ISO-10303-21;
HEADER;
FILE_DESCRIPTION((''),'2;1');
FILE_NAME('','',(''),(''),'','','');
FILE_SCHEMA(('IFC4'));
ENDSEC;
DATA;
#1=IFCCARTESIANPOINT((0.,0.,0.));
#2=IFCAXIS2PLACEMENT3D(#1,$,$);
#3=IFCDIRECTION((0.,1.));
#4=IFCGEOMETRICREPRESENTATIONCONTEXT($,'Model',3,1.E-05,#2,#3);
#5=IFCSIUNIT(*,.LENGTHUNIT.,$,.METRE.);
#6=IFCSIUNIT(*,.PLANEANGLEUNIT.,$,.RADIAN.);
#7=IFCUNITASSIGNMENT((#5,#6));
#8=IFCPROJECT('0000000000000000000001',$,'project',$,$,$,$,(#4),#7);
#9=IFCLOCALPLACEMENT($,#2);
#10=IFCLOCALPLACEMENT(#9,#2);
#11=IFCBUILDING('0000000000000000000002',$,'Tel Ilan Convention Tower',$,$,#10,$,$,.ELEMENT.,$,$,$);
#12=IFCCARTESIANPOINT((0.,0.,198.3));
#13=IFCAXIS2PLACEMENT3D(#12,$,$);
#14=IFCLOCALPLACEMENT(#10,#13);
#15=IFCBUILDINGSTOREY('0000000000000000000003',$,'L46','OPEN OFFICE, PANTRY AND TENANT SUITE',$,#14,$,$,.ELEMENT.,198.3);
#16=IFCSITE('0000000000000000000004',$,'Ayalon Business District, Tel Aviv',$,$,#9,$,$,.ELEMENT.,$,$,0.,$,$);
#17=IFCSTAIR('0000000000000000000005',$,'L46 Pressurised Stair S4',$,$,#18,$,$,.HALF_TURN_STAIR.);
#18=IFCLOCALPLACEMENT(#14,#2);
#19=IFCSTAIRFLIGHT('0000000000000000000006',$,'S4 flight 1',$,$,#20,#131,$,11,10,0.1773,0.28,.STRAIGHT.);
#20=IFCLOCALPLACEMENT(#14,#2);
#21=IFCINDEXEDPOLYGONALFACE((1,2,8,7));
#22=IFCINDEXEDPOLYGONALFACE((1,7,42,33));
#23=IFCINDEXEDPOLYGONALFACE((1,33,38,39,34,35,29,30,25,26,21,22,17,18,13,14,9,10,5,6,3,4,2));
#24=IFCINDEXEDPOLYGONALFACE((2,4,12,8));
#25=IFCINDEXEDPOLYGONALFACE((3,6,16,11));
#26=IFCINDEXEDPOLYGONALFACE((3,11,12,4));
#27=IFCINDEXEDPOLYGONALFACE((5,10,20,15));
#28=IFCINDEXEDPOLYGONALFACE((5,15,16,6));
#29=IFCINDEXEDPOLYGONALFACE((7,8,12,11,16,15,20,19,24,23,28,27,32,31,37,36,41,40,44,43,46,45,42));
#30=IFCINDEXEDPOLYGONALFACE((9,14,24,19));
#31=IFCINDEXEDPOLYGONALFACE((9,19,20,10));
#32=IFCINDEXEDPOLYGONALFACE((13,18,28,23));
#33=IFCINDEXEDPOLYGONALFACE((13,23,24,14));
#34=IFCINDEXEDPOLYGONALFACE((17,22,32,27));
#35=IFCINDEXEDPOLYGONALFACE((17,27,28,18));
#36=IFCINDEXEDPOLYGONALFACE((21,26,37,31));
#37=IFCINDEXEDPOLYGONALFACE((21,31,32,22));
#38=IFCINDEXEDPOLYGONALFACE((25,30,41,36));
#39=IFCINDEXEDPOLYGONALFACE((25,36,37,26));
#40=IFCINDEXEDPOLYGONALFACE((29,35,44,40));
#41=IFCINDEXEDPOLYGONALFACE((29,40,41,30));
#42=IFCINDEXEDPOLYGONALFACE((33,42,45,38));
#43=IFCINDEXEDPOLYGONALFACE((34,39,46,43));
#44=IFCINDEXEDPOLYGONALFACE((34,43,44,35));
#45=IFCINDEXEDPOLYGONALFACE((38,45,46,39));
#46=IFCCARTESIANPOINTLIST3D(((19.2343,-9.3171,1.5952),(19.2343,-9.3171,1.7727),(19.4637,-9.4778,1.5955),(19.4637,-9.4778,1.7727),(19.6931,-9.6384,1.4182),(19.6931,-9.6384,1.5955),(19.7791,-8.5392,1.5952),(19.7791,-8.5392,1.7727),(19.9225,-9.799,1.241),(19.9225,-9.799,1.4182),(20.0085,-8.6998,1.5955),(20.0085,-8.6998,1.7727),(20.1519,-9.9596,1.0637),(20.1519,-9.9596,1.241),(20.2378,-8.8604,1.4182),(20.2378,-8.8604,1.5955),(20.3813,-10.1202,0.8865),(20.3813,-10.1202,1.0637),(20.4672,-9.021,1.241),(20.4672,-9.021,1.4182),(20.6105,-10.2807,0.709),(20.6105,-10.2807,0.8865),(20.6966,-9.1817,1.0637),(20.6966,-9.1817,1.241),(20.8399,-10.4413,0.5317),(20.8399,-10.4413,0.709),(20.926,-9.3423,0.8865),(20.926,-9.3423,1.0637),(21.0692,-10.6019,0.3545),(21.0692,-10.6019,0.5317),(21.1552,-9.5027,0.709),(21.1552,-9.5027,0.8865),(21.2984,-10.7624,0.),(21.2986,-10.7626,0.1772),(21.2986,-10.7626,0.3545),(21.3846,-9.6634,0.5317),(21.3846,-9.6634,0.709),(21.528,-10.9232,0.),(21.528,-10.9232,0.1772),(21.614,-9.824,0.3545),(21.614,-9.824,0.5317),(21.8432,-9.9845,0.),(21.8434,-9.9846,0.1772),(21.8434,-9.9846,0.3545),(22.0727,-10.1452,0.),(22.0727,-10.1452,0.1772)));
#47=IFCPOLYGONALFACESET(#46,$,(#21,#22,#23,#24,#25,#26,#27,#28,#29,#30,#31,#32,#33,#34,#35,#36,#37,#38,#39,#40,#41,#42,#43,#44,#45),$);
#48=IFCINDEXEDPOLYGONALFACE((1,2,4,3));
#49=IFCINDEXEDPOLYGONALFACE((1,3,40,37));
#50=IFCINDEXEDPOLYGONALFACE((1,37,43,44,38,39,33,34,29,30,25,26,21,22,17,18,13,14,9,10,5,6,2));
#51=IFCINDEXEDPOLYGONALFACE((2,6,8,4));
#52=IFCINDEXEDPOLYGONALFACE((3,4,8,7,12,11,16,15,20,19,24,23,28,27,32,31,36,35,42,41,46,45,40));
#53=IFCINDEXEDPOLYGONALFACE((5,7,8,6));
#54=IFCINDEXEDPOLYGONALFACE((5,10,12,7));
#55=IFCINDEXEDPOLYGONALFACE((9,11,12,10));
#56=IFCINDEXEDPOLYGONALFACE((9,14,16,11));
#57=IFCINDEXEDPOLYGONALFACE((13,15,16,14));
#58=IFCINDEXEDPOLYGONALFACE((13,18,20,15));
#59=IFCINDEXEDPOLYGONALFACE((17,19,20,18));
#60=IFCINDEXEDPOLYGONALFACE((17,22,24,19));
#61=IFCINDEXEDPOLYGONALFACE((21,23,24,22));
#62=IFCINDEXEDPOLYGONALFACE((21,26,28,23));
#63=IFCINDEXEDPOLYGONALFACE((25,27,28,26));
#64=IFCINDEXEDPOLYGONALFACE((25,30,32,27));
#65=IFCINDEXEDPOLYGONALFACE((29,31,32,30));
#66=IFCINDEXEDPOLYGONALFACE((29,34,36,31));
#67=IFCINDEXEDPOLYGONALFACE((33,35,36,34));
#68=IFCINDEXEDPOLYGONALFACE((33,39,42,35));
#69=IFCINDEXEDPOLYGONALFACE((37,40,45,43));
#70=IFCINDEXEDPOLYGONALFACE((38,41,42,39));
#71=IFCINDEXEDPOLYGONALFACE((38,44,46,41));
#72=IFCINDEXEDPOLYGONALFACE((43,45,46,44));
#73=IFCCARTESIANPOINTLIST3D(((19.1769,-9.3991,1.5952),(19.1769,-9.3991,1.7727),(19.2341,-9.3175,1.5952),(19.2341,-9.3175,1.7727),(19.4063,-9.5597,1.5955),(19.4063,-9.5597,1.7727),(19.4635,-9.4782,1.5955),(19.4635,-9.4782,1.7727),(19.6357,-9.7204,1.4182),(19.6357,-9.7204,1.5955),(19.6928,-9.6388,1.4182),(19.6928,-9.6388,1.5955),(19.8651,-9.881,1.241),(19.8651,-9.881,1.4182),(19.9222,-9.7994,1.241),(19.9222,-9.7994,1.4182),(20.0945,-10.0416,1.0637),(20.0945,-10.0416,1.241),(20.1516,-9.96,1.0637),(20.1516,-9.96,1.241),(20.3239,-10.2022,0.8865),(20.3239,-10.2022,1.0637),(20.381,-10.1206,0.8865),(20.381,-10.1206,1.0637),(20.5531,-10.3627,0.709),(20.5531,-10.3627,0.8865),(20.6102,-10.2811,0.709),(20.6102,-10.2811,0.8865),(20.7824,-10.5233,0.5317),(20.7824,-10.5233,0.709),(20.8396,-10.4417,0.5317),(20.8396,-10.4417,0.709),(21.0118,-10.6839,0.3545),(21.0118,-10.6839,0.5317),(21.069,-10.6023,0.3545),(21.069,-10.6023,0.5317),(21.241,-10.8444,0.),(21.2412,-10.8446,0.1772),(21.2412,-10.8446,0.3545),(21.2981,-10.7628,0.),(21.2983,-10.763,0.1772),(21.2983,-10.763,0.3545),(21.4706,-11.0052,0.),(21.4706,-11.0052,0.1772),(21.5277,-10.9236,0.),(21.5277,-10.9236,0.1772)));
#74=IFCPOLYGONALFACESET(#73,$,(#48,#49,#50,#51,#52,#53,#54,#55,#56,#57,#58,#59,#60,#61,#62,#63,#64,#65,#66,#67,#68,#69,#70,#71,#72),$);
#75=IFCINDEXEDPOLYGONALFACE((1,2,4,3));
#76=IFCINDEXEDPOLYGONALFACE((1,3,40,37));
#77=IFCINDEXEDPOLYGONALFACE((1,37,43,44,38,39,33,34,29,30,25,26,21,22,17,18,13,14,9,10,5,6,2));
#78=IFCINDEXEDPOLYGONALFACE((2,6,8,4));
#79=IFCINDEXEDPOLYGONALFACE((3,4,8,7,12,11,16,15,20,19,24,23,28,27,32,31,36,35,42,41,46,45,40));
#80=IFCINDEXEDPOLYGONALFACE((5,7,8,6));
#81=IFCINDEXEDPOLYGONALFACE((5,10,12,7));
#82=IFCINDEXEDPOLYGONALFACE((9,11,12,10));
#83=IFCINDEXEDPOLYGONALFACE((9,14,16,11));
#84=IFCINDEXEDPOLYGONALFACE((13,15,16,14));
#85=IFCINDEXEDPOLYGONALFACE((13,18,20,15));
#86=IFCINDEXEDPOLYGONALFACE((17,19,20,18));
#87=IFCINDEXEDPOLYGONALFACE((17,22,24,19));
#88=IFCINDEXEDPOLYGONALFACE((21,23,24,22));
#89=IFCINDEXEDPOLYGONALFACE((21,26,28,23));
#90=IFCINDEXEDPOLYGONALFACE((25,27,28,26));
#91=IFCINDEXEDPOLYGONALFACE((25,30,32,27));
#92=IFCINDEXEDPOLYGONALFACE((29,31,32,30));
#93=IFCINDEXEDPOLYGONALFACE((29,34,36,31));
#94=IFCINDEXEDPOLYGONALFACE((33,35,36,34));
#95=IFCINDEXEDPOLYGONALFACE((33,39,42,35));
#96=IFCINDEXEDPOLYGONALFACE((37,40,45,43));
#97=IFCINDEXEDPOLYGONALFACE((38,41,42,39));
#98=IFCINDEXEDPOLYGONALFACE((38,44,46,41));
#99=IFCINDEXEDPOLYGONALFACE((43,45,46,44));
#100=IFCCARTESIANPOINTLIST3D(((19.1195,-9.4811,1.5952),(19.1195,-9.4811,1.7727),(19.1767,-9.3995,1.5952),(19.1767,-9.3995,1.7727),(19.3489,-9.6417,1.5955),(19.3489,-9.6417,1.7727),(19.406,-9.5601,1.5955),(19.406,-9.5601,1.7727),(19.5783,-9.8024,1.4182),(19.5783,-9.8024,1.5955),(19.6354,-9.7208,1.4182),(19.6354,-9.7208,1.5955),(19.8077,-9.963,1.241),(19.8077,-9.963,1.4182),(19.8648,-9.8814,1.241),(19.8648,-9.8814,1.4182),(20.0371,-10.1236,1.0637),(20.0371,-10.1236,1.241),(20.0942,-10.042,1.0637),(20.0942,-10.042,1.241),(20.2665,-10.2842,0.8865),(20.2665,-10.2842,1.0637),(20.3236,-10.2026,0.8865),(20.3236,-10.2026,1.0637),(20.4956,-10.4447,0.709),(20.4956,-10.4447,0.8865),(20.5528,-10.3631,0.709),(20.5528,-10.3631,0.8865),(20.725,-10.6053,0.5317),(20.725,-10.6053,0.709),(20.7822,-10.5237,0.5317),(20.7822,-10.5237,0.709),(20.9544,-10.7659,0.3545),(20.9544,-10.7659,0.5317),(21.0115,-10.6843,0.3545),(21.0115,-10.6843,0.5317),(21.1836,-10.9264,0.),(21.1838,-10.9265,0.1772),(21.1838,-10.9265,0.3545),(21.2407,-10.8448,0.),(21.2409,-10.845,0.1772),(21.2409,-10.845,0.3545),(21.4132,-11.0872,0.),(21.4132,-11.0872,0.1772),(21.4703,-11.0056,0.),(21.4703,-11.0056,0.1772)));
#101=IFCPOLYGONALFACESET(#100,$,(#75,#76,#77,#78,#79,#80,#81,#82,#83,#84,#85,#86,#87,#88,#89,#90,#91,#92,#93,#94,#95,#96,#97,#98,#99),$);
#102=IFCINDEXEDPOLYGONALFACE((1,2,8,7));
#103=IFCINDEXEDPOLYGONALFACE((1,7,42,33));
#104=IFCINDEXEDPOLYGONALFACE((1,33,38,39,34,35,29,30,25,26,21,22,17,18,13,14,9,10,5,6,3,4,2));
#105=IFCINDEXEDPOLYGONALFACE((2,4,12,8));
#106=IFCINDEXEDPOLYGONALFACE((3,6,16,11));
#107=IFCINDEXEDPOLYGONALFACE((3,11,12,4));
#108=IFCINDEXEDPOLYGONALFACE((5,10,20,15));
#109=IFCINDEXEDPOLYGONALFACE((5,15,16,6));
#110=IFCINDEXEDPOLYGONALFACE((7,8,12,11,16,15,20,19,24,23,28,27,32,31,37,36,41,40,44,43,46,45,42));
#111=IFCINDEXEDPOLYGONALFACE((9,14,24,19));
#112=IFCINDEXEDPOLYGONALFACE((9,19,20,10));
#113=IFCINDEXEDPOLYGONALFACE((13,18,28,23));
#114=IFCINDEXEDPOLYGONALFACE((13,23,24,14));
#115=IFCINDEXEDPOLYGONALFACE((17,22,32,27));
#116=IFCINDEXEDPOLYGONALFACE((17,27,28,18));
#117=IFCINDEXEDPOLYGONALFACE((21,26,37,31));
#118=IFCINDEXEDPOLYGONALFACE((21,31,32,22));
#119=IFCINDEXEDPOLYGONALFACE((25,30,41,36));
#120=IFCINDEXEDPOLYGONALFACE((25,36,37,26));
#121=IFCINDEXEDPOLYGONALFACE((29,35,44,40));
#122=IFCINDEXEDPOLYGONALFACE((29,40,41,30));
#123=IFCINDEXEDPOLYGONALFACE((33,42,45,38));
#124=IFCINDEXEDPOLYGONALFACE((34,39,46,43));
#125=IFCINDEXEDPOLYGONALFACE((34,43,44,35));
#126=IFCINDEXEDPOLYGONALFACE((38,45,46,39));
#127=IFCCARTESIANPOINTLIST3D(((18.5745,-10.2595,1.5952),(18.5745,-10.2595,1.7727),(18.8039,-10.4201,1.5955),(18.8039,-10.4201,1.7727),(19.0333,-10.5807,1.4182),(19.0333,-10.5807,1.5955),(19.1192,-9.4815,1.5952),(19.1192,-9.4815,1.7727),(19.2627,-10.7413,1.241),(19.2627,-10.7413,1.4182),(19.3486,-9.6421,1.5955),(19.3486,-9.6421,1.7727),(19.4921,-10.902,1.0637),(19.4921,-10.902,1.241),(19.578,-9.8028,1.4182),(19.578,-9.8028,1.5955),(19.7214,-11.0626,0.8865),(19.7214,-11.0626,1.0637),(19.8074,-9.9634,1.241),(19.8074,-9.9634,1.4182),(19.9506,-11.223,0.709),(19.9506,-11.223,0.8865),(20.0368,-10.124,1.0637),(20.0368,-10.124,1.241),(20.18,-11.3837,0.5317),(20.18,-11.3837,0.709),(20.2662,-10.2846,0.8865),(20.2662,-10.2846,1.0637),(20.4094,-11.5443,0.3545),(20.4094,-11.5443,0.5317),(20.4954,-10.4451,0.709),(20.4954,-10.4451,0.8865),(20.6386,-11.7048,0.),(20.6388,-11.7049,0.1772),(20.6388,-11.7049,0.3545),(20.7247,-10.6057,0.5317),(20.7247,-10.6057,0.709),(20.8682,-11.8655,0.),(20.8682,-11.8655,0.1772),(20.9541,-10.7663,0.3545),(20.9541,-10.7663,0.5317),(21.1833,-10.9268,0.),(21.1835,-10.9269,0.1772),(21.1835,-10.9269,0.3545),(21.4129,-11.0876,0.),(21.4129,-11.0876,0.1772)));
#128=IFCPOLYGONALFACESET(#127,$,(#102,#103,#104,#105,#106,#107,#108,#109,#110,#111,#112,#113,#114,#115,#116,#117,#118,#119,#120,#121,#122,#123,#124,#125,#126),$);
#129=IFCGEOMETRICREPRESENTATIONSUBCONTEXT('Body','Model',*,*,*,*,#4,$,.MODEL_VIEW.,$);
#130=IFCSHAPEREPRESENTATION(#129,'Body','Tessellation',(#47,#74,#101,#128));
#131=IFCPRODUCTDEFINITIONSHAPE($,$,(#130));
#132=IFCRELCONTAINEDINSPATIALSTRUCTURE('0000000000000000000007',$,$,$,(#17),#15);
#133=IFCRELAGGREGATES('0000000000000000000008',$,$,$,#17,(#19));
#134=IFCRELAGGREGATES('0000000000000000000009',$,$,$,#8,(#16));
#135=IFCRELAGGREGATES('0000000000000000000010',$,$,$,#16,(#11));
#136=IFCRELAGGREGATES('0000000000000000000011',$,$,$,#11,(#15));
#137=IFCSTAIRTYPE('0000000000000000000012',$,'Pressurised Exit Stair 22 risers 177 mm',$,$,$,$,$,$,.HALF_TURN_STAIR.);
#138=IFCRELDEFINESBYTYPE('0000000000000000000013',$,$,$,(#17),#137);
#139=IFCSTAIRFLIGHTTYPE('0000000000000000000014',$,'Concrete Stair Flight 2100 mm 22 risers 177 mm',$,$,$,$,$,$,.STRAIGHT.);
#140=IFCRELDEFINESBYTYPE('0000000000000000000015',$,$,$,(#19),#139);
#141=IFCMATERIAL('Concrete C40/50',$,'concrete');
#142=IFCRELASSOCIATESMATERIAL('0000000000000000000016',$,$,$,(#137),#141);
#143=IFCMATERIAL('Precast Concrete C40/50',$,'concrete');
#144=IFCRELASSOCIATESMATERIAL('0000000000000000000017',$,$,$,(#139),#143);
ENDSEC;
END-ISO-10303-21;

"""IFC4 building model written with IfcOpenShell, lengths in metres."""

from ifc_helpers import new_model, si_unit, direction, frame, origin, place, context, subcontext, project, spatial, polyline, outline, extrude, material, type_object, element, aggregate, save


model = new_model("IFC4")

# Units and contexts
model_context = context("Model", 3, precision=1e-05, world=origin(), true_north=direction((0.0, 1.0)))
body_context = subcontext(model_context, "Body", "Model", "MODEL_VIEW")
ifc_project = project(units=[si_unit("LENGTHUNIT", "METRE"), si_unit("PLANEANGLEUNIT", "RADIAN")], contexts=[model_context])

# Site, building, storey
site_placement = place(None, origin())
site = spatial("IfcSite", under=ifc_project, at=site_placement, Name="Ayalon Business District, Tel Aviv", CompositionType="ELEMENT", RefElevation=0.0)
building_placement = place(site_placement, origin())
building = spatial("IfcBuilding", under=site, at=building_placement, Name="Tel Ilan Convention Tower", CompositionType="ELEMENT")
storey_placement = place(building_placement, frame((0.0, 0.0, 198.3)))
storey = spatial("IfcBuildingStorey", under=building, at=storey_placement, Name="L46", Description="OPEN OFFICE, PANTRY AND TENANT SUITE", CompositionType="ELEMENT", Elevation=198.3)

# Shared definitions
ifc_material_1 = material(Name="Concrete C40/50", Category="concrete")
stair_type = type_object("IfcStairType", Name="Pressurised Exit Stair 22 risers 177 mm", PredefinedType="HALF_TURN_STAIR", material=ifc_material_1)
ifc_material_2 = material(Name="Precast Concrete C40/50", Category="concrete")
stair_flight_type = type_object("IfcStairFlightType", Name="Concrete Stair Flight 2100 mm 22 risers 177 mm", PredefinedType="STRAIGHT", material=ifc_material_2)

# Stair, stair flight
stair_1_placement = place(storey_placement, origin())
stair_1 = element("IfcStair", 1, at=stair_1_placement, inside=storey, type_object=stair_type, Name="L46 Pressurised Stair S4", PredefinedType="HALF_TURN_STAIR")
stair_flight_1_placement = place(storey_placement, frame((21.4705, -11.0054, 0.0), z_axis=(0.0, 0.0, 1.0), x_axis=(-0.819152, 0.573576, 0.0)))
stair_flight_1 = element("IfcStairFlight", 2, at=stair_flight_1_placement, type_object=stair_flight_type, Name="S4 flight 1", NumberOfRisers=11, NumberOfTreads=10, PredefinedType="STRAIGHT", RiserHeight=0.1773, TreadLength=0.28, context=body_context, shape_type="SweptSolid", body=[
    extrude(outline(polyline([(0.0, 0.0), (0.0, 0.1772), (0.28, 0.1772), (0.28, 0.3545), (0.5601, 0.3545), (0.5601, 0.5317), (0.8401, 0.5317), (0.8401, 0.709), (1.1201, 0.709), (1.1201, 0.8865), (1.3999, 0.8865), (1.3999, 1.0637), (1.6799, 1.0637), (1.6799, 1.241), (1.96, 1.241), (1.96, 1.4182), (2.24, 1.4182), (2.24, 1.5955), (2.52, 1.5955), (2.52, 1.7727), (2.8, 1.7727), (2.8, 1.95), (2.8, 1.5952), (0.2803, 0.0), (0.0, 0.0)])), frame((0.0, -0.1003, 0.0), z_axis=(0.0, -1.0, 0.0), x_axis=(1.0, 0.0, 0.0)), (0.0, 0.0, 1.0), 0.9497),
    extrude(outline(polyline([(0.0, 0.0), (0.0, 0.1772), (0.28, 0.1772), (0.28, 0.3545), (0.5601, 0.3545), (0.5601, 0.5317), (0.8401, 0.5317), (0.8401, 0.709), (1.1201, 0.709), (1.1201, 0.8865), (1.3999, 0.8865), (1.3999, 1.0637), (1.6799, 1.0637), (1.6799, 1.241), (1.96, 1.241), (1.96, 1.4182), (2.24, 1.4182), (2.24, 1.5955), (2.52, 1.5955), (2.52, 1.7727), (2.8, 1.7727), (2.8, 1.95), (2.8, 1.5952), (0.2803, 0.0), (0.0, 0.0)])), frame((0.0, -0.0002, 0.0), z_axis=(0.0, -1.0, 0.0), x_axis=(1.0, 0.0, 0.0)), (0.0, 0.0, 1.0), 0.0996),
    extrude(outline(polyline([(0.0, 0.0), (0.0, 0.1772), (0.28, 0.1772), (0.28, 0.3545), (0.5601, 0.3545), (0.5601, 0.5317), (0.8401, 0.5317), (0.8401, 0.709), (1.1201, 0.709), (1.1201, 0.8865), (1.3999, 0.8865), (1.3999, 1.0637), (1.6799, 1.0637), (1.6799, 1.241), (1.96, 1.241), (1.96, 1.4182), (2.24, 1.4182), (2.24, 1.5955), (2.52, 1.5955), (2.52, 1.7727), (2.8, 1.7727), (2.8, 1.95), (2.8, 1.5952), (0.2803, 0.0), (0.0, 0.0)])), frame((0.0, 0.0999, 0.0), z_axis=(0.0, -1.0, 0.0), x_axis=(1.0, 0.0, 0.0)), (0.0, 0.0, 1.0), 0.0996),
    extrude(outline(polyline([(0.0, 0.0), (0.0, 0.1772), (0.28, 0.1772), (0.28, 0.3545), (0.5601, 0.3545), (0.5601, 0.5317), (0.8401, 0.5317), (0.8401, 0.709), (1.1201, 0.709), (1.1201, 0.8865), (1.3999, 0.8865), (1.3999, 1.0637), (1.6799, 1.0637), (1.6799, 1.241), (1.96, 1.241), (1.96, 1.4182), (2.24, 1.4182), (2.24, 1.5955), (2.52, 1.5955), (2.52, 1.7727), (2.8, 1.7727), (2.8, 1.95), (2.8, 1.5952), (0.2803, 0.0), (0.0, 0.0)])), frame((0.0, 1.05, 0.0), z_axis=(0.0, -1.0, 0.0), x_axis=(1.0, 0.0, 0.0)), (0.0, 0.0, 1.0), 0.9497),
])
aggregate(stair_1, [stair_flight_1])

save(model, "model.ifc")
